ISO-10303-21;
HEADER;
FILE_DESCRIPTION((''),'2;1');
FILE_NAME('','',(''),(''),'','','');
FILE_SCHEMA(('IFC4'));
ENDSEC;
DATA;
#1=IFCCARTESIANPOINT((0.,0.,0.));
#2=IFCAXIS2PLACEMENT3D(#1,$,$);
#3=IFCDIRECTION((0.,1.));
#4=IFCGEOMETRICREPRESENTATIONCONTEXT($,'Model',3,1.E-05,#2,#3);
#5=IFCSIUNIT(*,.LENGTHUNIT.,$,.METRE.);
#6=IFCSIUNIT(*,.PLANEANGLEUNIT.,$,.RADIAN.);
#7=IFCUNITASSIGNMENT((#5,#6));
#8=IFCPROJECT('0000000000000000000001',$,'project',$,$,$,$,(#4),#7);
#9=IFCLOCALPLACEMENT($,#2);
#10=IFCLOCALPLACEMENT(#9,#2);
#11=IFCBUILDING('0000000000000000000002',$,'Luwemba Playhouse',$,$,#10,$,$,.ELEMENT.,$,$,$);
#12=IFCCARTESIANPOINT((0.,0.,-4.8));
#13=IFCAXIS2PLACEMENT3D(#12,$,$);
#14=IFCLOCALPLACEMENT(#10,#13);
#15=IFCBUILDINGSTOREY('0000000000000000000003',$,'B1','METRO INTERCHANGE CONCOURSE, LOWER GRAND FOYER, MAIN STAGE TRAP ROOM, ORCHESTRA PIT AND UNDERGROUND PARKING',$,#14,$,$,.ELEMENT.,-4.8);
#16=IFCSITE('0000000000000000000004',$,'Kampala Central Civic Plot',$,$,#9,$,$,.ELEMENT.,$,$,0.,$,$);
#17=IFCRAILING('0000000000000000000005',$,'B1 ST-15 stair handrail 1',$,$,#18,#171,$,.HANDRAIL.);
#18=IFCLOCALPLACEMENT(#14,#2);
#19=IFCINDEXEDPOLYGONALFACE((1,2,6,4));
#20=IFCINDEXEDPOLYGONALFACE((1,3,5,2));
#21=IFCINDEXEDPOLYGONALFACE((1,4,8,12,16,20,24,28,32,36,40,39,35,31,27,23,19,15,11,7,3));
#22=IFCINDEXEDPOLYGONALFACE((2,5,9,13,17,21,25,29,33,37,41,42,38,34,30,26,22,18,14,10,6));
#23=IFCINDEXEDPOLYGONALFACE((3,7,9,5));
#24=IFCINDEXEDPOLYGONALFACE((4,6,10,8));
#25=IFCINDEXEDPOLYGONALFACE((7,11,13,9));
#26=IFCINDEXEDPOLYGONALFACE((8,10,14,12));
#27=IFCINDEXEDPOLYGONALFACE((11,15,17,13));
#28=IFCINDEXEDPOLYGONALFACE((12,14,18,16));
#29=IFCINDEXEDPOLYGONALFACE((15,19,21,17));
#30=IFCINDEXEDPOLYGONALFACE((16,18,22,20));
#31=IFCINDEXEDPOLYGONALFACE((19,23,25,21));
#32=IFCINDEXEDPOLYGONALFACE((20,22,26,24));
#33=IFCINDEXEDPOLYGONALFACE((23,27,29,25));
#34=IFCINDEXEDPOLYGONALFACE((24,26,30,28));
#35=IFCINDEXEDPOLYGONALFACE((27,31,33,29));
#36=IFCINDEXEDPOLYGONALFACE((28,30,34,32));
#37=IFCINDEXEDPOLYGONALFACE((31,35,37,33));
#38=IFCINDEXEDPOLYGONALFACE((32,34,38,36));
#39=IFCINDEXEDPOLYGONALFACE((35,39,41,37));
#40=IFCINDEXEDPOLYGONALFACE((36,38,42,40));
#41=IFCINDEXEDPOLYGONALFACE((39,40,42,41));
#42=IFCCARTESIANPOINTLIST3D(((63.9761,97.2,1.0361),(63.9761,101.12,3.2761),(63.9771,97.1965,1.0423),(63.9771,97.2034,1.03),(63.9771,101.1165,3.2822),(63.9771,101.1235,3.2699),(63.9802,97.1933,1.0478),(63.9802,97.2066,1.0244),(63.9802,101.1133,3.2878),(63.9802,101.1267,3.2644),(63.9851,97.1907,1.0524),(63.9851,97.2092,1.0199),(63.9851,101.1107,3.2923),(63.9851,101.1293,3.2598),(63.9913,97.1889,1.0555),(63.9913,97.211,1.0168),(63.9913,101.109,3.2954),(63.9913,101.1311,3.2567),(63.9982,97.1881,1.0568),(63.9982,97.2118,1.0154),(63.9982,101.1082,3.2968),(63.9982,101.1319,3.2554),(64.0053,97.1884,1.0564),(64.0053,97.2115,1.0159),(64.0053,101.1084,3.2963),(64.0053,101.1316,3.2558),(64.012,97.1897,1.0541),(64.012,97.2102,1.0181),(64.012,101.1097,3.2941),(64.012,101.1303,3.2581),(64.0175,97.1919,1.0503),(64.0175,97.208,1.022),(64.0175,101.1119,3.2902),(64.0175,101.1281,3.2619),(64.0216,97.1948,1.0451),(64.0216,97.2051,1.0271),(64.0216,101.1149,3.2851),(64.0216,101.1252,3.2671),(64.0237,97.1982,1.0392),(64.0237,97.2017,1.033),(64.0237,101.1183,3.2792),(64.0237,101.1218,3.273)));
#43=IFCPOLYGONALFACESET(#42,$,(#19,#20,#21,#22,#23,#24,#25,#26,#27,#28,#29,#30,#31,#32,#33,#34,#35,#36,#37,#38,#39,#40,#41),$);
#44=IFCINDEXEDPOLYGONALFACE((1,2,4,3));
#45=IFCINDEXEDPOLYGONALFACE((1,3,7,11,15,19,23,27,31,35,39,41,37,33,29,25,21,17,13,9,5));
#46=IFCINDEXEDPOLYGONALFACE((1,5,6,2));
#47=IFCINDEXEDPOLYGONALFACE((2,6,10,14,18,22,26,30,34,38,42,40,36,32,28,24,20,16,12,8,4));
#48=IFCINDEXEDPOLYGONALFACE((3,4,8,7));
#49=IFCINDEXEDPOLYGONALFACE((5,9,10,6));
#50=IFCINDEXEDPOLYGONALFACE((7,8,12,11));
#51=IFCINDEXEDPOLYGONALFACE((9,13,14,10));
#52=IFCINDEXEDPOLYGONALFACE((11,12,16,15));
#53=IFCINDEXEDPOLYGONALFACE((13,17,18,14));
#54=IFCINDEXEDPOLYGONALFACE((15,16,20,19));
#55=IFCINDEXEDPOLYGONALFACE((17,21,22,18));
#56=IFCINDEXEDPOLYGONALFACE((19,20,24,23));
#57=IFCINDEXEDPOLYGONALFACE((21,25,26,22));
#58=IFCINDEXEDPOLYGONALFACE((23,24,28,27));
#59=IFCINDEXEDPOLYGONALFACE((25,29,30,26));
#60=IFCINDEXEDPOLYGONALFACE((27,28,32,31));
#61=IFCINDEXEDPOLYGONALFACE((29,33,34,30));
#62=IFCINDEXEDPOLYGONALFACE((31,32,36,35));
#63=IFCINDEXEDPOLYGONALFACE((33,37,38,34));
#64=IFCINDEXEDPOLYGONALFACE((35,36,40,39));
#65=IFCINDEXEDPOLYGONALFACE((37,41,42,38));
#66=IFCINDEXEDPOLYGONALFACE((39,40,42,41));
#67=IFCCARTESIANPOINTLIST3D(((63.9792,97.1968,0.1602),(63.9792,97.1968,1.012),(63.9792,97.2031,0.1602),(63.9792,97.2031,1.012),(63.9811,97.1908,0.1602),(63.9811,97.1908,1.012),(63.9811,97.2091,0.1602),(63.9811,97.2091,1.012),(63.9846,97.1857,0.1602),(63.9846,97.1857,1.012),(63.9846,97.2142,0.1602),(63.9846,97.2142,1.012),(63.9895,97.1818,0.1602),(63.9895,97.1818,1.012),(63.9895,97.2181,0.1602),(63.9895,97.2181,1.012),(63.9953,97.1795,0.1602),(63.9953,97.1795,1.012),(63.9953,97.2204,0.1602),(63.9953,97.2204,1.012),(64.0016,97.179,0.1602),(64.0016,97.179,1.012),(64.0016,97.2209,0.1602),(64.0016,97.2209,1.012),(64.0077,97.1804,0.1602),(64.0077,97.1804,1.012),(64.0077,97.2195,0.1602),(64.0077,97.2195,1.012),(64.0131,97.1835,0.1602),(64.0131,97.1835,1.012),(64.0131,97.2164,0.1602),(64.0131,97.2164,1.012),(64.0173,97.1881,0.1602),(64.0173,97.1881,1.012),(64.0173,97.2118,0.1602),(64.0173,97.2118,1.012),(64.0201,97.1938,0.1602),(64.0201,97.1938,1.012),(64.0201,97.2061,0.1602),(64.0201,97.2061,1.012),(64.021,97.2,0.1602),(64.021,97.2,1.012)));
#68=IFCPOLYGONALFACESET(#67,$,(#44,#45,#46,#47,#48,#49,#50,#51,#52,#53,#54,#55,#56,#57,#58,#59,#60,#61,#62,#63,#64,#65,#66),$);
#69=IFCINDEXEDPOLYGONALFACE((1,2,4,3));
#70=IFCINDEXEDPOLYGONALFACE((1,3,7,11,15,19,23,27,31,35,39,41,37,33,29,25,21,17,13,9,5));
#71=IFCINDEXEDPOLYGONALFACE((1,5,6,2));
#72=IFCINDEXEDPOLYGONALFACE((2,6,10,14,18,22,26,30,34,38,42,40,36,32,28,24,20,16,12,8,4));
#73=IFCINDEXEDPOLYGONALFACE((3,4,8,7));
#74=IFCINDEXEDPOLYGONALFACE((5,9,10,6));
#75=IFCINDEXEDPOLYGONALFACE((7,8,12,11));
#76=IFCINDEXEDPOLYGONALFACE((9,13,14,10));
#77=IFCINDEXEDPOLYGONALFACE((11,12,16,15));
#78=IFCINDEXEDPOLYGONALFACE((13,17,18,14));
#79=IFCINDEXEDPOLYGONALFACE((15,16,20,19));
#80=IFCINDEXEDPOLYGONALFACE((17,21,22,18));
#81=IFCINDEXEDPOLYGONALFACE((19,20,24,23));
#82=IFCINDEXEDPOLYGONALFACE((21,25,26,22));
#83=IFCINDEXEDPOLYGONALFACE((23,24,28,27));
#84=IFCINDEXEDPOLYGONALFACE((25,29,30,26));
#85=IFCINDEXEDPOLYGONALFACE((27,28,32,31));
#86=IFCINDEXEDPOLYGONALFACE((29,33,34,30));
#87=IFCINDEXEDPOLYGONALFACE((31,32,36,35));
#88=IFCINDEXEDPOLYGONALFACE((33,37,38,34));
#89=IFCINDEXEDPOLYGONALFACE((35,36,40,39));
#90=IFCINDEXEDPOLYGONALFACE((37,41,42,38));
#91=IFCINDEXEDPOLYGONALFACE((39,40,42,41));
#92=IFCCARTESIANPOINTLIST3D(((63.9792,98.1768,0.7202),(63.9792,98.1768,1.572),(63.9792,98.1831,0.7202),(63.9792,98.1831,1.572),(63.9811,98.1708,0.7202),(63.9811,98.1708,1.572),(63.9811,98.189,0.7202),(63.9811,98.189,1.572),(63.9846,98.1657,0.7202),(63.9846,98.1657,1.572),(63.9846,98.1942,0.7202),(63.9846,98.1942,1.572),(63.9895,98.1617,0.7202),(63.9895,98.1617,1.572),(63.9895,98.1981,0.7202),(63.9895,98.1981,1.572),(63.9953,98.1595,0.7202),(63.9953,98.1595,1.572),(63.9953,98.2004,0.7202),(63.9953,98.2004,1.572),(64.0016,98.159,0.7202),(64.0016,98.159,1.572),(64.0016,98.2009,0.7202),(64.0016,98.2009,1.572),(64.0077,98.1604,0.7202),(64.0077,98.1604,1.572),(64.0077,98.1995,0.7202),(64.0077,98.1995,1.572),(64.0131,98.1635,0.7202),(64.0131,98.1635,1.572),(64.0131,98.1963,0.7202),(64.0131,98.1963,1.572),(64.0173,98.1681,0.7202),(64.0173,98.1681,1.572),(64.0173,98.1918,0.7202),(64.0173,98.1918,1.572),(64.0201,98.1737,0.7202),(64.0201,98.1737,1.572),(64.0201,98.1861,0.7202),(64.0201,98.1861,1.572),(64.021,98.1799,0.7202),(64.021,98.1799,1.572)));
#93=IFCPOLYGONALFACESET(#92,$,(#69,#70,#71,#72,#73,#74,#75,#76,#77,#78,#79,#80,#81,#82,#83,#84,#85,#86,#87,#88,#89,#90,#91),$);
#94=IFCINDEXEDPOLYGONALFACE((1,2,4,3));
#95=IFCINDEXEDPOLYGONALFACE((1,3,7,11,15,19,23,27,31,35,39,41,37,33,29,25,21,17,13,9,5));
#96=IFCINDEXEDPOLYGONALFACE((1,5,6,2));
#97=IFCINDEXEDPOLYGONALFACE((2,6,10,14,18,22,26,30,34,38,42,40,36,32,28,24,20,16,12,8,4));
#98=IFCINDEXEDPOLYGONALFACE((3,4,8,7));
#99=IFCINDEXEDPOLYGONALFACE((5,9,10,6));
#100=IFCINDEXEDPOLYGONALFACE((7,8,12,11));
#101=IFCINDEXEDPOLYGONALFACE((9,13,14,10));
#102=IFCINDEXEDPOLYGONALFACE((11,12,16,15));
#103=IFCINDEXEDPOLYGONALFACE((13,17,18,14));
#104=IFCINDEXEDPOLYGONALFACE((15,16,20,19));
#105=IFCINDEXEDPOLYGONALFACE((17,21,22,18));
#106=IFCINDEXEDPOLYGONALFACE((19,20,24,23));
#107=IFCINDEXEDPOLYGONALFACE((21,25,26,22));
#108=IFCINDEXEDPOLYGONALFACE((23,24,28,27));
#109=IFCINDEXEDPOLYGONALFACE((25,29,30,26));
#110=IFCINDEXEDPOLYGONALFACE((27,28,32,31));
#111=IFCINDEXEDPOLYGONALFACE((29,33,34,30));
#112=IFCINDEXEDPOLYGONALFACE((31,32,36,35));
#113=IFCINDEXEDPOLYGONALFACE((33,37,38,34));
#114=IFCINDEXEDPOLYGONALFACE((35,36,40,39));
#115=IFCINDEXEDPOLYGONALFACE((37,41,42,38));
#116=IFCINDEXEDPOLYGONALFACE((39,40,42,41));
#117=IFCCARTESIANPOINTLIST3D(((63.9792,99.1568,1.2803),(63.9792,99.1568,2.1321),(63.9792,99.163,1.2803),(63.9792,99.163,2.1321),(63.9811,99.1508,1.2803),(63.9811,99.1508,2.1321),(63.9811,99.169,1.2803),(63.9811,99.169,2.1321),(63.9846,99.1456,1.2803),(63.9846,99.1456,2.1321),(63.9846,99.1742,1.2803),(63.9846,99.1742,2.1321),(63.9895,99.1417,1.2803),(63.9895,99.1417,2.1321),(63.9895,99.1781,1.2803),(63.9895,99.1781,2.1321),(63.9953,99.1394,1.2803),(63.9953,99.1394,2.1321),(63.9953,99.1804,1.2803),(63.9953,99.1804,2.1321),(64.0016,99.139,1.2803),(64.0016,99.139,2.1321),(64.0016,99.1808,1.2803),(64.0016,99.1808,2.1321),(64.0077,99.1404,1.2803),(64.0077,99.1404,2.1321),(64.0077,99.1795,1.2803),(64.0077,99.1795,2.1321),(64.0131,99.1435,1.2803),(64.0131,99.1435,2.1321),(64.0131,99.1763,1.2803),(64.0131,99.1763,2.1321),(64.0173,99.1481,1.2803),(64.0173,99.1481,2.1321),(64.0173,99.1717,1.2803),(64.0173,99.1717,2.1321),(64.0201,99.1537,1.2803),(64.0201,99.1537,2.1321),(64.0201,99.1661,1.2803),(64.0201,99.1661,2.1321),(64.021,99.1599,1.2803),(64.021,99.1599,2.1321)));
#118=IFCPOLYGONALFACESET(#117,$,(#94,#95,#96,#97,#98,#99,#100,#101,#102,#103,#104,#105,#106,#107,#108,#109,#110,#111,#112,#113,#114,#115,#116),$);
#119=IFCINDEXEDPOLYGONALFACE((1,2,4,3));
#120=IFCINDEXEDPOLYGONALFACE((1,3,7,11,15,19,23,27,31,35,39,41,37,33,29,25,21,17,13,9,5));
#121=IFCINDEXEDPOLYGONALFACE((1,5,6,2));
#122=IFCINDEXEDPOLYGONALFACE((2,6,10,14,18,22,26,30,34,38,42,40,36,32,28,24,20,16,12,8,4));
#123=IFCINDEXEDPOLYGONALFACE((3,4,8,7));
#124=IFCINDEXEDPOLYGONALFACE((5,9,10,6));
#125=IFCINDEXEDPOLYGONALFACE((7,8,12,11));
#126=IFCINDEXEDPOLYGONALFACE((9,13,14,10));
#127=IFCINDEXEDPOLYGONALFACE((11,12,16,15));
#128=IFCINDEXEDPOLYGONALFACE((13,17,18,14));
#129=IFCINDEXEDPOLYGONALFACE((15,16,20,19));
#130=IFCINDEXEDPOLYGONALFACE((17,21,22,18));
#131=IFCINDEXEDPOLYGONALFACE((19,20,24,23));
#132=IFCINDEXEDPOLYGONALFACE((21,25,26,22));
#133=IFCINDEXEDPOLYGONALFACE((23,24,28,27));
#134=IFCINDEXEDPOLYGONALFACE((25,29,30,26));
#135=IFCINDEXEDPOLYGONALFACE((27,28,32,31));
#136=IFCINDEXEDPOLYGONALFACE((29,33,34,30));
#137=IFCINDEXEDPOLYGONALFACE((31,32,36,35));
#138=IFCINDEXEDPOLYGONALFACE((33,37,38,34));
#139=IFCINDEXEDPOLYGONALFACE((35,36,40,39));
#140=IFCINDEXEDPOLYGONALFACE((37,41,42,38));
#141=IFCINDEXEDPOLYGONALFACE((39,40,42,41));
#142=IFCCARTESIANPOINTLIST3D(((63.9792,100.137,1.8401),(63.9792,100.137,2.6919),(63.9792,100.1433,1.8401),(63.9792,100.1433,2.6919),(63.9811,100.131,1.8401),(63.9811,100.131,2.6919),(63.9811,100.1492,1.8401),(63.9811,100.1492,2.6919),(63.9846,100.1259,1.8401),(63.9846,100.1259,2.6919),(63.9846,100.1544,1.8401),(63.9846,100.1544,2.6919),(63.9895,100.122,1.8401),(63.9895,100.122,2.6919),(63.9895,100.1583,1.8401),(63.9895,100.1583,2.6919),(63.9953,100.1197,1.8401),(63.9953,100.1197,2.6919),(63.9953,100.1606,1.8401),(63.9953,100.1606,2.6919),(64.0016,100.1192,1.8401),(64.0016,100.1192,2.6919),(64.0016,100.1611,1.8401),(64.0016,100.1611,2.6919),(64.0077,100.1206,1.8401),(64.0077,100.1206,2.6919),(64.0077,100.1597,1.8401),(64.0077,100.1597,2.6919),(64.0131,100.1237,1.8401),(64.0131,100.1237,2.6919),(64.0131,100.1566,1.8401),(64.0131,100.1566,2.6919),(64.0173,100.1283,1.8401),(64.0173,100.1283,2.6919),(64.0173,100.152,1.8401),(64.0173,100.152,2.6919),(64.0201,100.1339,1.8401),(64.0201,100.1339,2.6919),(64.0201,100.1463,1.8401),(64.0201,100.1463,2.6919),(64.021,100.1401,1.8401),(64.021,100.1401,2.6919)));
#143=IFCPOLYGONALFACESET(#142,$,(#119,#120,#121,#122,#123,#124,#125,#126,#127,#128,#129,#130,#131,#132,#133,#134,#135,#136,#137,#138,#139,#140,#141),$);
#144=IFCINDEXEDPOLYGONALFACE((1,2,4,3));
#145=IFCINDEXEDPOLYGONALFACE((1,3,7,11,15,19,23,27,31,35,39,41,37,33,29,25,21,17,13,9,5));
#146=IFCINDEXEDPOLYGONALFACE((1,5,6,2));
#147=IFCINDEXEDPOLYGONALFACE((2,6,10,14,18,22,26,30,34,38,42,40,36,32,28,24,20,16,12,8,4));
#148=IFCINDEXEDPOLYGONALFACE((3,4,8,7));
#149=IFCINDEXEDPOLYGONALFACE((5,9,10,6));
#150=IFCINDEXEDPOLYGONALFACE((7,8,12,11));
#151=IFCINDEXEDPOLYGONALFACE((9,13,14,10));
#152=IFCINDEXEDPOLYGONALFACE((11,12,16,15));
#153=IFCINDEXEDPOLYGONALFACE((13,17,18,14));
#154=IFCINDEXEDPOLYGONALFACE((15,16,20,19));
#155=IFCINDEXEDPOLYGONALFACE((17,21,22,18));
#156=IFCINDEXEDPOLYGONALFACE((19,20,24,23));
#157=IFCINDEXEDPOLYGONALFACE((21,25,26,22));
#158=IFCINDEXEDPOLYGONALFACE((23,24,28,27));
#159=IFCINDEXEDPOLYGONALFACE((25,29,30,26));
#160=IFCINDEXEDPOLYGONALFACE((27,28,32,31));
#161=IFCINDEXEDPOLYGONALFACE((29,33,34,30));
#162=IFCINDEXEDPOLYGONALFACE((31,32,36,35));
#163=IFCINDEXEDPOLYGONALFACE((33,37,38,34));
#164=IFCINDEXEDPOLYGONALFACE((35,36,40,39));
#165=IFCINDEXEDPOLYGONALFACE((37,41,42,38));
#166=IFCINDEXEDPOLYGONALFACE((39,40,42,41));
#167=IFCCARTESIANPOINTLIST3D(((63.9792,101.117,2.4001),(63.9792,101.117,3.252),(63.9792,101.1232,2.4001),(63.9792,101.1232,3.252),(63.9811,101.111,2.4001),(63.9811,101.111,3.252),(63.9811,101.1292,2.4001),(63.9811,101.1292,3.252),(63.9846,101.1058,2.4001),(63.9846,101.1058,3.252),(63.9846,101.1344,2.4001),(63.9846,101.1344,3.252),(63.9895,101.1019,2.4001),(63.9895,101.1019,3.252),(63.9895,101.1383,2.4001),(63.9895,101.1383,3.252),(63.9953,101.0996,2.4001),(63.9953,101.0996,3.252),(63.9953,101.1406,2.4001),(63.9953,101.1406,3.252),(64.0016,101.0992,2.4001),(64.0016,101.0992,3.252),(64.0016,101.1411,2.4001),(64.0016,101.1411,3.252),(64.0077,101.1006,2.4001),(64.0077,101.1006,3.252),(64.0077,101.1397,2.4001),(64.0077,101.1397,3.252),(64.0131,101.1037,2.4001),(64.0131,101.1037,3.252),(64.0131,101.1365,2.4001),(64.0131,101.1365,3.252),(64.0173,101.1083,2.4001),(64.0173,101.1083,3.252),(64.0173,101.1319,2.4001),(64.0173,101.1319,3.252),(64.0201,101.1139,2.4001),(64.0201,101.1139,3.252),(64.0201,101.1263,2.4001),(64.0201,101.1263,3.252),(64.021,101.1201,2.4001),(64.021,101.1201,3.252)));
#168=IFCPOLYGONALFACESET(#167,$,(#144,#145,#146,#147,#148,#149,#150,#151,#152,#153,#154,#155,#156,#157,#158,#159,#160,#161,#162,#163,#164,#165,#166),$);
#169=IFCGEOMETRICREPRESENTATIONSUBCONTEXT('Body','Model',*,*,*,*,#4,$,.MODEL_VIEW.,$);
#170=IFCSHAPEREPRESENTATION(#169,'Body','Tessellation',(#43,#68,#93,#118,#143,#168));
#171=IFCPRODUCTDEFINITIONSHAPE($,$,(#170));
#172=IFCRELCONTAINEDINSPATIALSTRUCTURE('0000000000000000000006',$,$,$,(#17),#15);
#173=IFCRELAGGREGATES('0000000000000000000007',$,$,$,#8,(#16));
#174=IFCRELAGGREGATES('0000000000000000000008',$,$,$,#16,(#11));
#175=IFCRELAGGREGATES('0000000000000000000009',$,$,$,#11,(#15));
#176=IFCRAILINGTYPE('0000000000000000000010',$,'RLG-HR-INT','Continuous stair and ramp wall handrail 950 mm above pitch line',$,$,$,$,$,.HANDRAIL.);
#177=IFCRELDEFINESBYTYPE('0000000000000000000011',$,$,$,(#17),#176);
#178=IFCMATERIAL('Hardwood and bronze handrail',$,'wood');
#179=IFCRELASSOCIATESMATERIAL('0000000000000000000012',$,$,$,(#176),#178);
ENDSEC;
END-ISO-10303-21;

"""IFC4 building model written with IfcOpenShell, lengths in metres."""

from ifc_helpers import new_model, si_unit, direction, frame, origin, origin_2d, place, context, subcontext, project, spatial, circle, extrude, material, type_object, element, save


model = new_model("IFC4")

# Units and contexts
model_context = context("Model", 3, precision=1e-05, world=origin(), true_north=direction((0.0, 1.0)))
body_context = subcontext(model_context, "Body", "Model", "MODEL_VIEW")
ifc_project = project(units=[si_unit("LENGTHUNIT", "METRE"), si_unit("PLANEANGLEUNIT", "RADIAN")], contexts=[model_context])

# Site, building, storey
site_placement = place(None, origin())
site = spatial("IfcSite", under=ifc_project, at=site_placement, Name="Kampala Central Civic Plot", CompositionType="ELEMENT", RefElevation=0.0)
building_placement = place(site_placement, origin())
building = spatial("IfcBuilding", under=site, at=building_placement, Name="Luwemba Playhouse", CompositionType="ELEMENT")
storey_placement = place(building_placement, frame((0.0, 0.0, -4.8)))
storey = spatial("IfcBuildingStorey", under=building, at=storey_placement, Name="B1", Description="METRO INTERCHANGE CONCOURSE, LOWER GRAND FOYER, MAIN STAGE TRAP ROOM, ORCHESTRA PIT AND UNDERGROUND PARKING", CompositionType="ELEMENT", Elevation=-4.8)

# Railing
ifc_material_1 = material(Name="Hardwood and bronze handrail", Category="wood")
railing_type_1 = type_object("IfcRailingType", Name="RLG-HR-INT", Description="Continuous stair and ramp wall handrail 950 mm above pitch line", PredefinedType="HANDRAIL", material=ifc_material_1)
railing_1_placement = place(storey_placement, frame((64.0, 97.2, 0.1602)))
element("IfcRailing", 1, at=railing_1_placement, inside=storey, type_object=railing_type_1, Name="B1 ST-15 stair handrail 1", PredefinedType="HANDRAIL", context=body_context, shape_type="SweptSolid", body=[
    extrude(circle(Radius=0.0239, at=origin_2d()), frame((0.0, 0.0, 0.876), z_axis=(0.0, 0.868253, 0.496121), x_axis=(-1.0, 0.0, 0.0)), (0.0, 0.0, 1.0), 4.5149),
    extrude(circle(Radius=0.021, at=origin_2d()), origin(), (0.0, 0.0, 1.0), 0.8518),
    extrude(circle(Radius=0.021, at=origin_2d()), frame((0.0, 0.98, 0.5601)), (0.0, 0.0, 1.0), 0.8518),
    extrude(circle(Radius=0.021, at=origin_2d()), frame((0.0, 1.96, 1.1201)), (0.0, 0.0, 1.0), 0.8518),
    extrude(circle(Radius=0.021, at=origin_2d()), frame((0.0, 2.9402, 1.6799)), (0.0, 0.0, 1.0), 0.8518),
    extrude(circle(Radius=0.021, at=origin_2d()), frame((0.0, 3.9202, 2.24)), (0.0, 0.0, 1.0), 0.8518),
])

save(model, "model.ifc")
